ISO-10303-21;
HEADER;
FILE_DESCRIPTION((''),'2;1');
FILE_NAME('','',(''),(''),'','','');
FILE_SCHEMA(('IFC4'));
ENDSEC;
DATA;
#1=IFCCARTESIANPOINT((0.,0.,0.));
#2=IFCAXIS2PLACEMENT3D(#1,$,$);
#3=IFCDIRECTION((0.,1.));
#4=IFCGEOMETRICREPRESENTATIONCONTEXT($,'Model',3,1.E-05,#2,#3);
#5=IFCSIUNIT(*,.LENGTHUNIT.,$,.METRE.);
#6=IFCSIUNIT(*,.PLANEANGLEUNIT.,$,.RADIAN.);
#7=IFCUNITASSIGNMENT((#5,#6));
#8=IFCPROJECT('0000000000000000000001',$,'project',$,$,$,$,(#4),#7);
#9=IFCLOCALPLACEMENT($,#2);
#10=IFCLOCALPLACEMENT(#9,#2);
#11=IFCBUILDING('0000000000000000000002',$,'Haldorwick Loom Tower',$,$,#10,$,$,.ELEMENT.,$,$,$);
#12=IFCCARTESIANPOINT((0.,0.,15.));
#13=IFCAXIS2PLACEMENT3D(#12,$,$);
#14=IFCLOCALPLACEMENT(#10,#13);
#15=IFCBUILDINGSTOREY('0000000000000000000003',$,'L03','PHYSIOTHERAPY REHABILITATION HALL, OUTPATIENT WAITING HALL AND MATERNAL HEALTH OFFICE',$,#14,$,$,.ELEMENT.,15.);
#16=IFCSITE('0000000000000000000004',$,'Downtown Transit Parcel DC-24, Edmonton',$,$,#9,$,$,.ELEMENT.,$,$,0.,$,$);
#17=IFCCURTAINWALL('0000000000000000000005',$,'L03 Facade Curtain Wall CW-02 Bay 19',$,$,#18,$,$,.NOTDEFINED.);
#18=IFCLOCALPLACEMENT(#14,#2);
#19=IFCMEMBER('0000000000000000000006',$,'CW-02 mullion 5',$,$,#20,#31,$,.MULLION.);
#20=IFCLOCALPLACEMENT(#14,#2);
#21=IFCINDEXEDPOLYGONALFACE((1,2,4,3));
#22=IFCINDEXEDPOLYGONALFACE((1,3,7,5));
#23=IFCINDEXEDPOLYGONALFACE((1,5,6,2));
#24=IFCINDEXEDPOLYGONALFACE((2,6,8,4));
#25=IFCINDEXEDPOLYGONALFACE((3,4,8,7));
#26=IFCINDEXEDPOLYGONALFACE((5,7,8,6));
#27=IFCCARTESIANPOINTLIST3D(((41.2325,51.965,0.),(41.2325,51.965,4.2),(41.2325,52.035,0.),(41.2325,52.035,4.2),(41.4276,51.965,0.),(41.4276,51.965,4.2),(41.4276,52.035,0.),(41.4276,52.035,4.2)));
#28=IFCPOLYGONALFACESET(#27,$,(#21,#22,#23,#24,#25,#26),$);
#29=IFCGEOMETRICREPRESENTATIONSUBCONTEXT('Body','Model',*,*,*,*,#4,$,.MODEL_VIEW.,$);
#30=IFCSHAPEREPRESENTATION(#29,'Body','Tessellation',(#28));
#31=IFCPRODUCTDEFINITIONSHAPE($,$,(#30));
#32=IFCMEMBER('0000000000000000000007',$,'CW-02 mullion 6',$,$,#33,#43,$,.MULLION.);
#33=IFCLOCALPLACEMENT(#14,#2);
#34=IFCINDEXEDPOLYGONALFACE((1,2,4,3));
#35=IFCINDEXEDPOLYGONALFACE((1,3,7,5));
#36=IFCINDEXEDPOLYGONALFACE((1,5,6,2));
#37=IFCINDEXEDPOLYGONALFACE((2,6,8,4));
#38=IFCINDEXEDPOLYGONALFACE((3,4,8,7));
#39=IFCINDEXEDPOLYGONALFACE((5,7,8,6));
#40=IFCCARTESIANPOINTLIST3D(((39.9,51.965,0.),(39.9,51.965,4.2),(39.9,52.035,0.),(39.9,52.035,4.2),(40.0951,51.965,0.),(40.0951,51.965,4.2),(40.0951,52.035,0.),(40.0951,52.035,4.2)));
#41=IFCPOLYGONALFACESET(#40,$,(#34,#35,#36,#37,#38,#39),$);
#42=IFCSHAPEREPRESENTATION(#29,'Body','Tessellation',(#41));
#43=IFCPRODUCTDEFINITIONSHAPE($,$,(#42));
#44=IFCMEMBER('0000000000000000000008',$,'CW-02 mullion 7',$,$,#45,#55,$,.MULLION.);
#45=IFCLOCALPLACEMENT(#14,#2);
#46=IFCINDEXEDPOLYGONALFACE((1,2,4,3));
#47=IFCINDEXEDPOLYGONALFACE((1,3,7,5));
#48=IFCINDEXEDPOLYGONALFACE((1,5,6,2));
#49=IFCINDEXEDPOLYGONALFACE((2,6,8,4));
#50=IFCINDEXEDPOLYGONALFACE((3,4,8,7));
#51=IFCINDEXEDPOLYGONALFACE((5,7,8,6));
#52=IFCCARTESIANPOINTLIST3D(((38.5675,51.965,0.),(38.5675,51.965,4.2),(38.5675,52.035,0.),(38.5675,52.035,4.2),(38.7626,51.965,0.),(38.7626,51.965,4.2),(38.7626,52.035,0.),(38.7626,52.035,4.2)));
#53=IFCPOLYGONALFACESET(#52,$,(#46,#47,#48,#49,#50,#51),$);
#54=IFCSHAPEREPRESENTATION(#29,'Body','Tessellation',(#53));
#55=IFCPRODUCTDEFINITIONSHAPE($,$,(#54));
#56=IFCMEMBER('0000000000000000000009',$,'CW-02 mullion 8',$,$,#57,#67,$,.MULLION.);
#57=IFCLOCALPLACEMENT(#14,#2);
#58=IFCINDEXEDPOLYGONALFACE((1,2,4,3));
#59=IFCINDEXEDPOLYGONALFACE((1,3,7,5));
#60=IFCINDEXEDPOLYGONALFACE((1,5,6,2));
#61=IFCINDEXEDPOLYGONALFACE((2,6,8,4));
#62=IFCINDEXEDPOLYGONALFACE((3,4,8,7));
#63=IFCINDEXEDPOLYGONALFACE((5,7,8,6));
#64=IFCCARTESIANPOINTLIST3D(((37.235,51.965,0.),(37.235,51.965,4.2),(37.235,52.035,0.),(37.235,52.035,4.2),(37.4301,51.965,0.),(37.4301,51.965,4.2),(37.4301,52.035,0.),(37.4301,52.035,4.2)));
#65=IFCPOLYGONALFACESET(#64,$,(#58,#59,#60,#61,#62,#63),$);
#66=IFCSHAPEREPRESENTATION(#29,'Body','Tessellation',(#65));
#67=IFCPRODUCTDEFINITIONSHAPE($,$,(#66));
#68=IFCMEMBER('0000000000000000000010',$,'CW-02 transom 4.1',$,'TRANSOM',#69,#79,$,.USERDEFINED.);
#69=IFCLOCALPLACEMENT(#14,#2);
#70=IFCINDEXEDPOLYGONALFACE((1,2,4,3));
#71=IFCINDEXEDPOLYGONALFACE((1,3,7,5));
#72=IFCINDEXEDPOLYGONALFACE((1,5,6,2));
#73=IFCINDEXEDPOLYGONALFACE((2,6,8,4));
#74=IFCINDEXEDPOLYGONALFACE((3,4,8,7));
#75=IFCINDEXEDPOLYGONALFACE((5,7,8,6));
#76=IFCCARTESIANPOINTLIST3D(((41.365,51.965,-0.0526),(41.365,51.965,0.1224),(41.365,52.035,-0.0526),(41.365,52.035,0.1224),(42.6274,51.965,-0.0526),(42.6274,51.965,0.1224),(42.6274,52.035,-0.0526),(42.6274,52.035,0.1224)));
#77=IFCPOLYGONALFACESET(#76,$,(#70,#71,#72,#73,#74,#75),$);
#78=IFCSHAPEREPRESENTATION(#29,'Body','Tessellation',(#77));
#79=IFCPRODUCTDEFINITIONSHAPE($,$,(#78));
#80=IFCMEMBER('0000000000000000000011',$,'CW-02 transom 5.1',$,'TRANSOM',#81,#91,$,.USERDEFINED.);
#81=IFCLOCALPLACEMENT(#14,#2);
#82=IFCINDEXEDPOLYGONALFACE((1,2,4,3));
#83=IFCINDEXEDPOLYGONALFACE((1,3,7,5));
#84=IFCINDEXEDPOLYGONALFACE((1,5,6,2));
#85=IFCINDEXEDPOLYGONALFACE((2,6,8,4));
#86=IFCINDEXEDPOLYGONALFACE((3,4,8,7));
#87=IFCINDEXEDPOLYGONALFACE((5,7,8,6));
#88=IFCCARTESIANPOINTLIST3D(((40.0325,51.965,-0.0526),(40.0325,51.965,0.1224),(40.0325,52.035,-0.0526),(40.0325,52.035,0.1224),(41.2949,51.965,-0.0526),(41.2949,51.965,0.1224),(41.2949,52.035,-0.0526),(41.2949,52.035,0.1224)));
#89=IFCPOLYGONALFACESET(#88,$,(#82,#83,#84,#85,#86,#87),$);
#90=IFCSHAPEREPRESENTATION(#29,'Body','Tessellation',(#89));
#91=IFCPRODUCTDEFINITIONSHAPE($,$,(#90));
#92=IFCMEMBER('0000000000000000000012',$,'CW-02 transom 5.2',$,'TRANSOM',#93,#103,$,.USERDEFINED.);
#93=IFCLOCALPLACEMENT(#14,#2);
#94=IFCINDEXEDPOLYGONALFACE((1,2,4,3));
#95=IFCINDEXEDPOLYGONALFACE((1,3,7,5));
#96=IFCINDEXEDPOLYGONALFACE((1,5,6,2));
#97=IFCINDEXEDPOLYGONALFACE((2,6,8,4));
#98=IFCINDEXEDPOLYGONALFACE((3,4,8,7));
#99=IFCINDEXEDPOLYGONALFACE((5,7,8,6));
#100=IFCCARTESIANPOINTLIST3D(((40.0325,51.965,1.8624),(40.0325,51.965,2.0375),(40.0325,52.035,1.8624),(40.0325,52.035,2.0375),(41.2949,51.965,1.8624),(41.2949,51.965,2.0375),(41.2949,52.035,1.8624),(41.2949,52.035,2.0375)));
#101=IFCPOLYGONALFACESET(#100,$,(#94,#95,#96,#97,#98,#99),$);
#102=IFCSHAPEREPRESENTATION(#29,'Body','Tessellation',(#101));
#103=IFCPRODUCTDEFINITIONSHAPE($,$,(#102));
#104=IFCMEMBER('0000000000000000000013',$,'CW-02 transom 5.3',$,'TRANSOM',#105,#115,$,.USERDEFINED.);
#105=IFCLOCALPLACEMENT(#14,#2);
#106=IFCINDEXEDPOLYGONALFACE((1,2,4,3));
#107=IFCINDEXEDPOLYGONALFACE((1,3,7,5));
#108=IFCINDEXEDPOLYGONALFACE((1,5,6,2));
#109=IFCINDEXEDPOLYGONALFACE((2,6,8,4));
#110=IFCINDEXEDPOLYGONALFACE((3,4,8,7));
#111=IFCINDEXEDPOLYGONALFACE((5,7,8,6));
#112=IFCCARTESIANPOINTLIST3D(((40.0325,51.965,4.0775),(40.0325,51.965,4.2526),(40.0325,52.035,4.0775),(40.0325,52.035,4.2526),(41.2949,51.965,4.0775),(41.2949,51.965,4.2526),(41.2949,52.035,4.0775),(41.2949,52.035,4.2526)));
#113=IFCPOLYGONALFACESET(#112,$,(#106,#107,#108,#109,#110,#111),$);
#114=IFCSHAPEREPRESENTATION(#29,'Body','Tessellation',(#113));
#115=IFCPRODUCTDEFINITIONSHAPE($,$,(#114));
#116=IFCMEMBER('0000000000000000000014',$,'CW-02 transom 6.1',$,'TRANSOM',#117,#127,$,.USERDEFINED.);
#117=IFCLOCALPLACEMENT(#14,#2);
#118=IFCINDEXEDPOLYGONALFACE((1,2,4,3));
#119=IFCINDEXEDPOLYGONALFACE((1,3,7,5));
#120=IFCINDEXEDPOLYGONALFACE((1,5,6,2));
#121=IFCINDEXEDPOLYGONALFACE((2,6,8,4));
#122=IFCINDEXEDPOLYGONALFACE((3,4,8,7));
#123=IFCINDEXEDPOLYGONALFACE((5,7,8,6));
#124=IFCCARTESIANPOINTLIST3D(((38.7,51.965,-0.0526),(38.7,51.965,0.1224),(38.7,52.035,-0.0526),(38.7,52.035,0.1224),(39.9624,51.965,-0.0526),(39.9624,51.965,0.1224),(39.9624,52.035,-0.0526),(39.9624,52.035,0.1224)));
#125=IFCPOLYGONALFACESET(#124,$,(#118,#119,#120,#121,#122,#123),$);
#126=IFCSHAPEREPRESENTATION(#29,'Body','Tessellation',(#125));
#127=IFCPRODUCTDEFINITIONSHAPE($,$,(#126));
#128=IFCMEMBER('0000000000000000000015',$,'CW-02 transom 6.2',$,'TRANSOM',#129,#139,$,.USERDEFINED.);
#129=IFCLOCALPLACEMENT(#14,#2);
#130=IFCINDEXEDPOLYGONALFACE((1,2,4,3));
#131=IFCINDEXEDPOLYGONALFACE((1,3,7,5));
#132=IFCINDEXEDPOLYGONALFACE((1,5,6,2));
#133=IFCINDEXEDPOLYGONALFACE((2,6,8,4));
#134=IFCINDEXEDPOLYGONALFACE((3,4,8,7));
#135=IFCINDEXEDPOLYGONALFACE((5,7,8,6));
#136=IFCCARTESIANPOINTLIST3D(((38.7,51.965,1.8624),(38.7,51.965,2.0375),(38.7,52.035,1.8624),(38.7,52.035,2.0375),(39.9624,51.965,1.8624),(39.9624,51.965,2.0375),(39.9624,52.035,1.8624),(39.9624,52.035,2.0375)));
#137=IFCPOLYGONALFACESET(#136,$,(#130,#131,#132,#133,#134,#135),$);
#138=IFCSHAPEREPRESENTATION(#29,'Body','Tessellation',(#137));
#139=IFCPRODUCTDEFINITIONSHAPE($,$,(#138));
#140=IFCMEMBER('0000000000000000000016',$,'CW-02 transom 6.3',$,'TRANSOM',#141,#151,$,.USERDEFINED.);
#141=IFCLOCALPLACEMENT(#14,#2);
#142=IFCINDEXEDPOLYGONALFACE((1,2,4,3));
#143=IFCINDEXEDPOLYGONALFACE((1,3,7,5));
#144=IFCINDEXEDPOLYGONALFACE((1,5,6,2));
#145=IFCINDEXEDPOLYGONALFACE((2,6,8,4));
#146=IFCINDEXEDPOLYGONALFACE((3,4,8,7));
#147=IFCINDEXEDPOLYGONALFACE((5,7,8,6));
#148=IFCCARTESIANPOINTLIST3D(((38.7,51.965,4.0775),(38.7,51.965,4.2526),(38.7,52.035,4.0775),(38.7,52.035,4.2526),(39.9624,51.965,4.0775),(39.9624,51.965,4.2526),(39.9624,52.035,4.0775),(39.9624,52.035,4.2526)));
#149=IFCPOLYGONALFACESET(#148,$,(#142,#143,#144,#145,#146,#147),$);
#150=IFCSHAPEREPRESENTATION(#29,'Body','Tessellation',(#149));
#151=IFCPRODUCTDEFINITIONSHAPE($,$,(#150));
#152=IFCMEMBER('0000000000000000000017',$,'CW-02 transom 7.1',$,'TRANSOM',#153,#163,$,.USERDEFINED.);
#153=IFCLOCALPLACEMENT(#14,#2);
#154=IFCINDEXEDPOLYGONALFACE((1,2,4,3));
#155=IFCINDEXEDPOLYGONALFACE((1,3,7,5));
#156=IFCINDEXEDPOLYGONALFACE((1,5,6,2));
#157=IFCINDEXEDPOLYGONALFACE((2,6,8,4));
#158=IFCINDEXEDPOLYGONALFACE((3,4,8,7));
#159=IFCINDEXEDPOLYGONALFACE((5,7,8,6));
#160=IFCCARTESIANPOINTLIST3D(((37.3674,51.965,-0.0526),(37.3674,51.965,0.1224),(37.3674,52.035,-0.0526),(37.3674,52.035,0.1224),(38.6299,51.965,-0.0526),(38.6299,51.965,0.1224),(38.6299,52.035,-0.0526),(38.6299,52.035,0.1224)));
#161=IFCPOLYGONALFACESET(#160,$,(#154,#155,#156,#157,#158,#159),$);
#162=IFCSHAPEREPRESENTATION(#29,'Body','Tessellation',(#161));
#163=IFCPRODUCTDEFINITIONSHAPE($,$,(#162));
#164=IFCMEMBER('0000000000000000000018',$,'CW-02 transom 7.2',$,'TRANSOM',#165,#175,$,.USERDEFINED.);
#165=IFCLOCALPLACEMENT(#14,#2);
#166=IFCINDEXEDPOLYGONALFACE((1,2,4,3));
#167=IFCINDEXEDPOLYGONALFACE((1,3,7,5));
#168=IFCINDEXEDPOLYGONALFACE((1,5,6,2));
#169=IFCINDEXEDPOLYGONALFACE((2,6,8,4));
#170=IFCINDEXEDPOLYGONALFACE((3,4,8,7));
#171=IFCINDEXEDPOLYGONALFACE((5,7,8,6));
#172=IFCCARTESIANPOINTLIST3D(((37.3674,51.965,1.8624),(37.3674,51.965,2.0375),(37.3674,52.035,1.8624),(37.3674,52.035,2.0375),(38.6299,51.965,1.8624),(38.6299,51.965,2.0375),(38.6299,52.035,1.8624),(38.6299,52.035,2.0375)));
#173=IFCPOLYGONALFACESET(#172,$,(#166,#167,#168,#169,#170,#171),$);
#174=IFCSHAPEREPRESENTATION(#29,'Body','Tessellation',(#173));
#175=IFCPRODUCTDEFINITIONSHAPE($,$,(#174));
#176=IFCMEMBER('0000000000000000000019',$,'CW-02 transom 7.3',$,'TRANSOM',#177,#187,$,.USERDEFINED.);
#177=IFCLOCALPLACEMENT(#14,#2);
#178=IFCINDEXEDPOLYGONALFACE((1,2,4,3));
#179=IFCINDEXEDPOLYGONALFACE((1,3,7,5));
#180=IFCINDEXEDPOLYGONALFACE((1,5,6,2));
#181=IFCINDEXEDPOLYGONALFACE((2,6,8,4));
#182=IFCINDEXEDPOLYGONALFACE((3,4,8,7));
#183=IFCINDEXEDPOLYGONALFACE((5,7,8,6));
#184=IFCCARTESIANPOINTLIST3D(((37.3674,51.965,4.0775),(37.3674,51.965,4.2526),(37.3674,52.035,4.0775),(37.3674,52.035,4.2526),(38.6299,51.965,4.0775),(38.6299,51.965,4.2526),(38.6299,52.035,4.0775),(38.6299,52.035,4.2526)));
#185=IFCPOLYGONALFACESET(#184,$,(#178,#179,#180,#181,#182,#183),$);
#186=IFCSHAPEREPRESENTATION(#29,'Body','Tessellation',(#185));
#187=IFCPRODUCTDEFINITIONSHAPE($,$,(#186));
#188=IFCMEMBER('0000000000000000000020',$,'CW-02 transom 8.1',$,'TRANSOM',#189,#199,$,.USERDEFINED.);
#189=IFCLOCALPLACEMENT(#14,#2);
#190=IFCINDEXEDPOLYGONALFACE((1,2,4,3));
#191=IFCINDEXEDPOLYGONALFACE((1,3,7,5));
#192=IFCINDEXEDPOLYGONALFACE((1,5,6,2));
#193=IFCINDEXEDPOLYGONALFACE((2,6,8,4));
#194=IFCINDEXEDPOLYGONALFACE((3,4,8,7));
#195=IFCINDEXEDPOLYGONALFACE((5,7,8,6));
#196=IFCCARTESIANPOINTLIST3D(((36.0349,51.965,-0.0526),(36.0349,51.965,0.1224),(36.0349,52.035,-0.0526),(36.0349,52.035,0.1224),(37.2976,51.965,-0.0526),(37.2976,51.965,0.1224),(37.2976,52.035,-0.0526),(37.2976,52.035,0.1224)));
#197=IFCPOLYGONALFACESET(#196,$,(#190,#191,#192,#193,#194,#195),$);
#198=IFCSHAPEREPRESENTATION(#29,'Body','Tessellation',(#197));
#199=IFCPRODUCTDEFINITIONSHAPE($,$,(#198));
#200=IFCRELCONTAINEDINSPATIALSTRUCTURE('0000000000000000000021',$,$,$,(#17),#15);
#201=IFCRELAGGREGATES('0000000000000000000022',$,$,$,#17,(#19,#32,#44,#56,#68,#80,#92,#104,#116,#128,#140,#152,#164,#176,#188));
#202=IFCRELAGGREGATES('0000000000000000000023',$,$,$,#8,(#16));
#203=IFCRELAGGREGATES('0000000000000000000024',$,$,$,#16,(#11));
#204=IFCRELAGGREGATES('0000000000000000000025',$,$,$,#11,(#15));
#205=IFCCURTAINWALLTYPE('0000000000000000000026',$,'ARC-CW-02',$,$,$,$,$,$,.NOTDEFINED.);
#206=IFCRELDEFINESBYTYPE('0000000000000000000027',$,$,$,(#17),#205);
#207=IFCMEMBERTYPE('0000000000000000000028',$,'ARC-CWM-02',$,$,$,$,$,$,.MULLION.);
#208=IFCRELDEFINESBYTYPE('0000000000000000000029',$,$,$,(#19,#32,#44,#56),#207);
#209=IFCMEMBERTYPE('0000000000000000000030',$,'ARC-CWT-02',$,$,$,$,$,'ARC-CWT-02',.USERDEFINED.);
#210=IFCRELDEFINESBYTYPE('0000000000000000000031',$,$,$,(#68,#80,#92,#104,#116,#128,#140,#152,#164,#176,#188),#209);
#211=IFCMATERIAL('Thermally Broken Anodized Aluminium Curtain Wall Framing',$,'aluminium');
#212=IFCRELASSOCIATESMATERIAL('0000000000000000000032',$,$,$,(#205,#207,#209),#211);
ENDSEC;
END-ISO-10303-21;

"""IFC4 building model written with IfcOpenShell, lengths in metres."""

from ifc_helpers import new_model, si_unit, direction, frame, origin, origin_2d, place, context, subcontext, project, spatial, rectangle, extrude, material, material_profile, profile_set, type_object, element, aggregate, save


model = new_model("IFC4")

# Units and contexts
model_context = context("Model", 3, precision=1e-05, world=origin(), true_north=direction((0.0, 1.0)))
body_context = subcontext(model_context, "Body", "Model", "MODEL_VIEW")
ifc_project = project(units=[si_unit("LENGTHUNIT", "METRE"), si_unit("PLANEANGLEUNIT", "RADIAN")], contexts=[model_context])

# Site, building, storey
site_placement = place(None, origin())
site = spatial("IfcSite", under=ifc_project, at=site_placement, Name="Downtown Transit Parcel DC-24, Edmonton", CompositionType="ELEMENT", RefElevation=0.0)
building_placement = place(site_placement, origin())
building = spatial("IfcBuilding", under=site, at=building_placement, Name="Haldorwick Loom Tower", CompositionType="ELEMENT")
storey_placement = place(building_placement, frame((0.0, 0.0, 15.0)))
storey = spatial("IfcBuildingStorey", under=building, at=storey_placement, Name="L03", Description="PHYSIOTHERAPY REHABILITATION HALL, OUTPATIENT WAITING HALL AND MATERNAL HEALTH OFFICE", CompositionType="ELEMENT", Elevation=15.0)

# Curtain wall, members
ifc_material_1 = material(Name="Thermally Broken Anodized Aluminium Curtain Wall Framing", Category="aluminium")
curtain_wall_type = type_object("IfcCurtainWallType", Name="ARC-CW-02", PredefinedType="NOTDEFINED", material=ifc_material_1)
curtain_wall_placement = place(storey_placement, origin())
curtain_wall = element("IfcCurtainWall", 1, at=curtain_wall_placement, inside=storey, type_object=curtain_wall_type, Name="L03 Facade Curtain Wall CW-02 Bay 19", PredefinedType="NOTDEFINED")
ifc_material_profile_1 = material_profile(ifc_material_1, rectangle(XDim=0.0701, YDim=0.1951, at=origin_2d()), Name="ALU_MUL_70X195", Category="aluminium")
ifc_profile_set_1 = profile_set([ifc_material_profile_1], Name="Thermally Broken Anodized Aluminium Curtain Wall Framing")
member_type_1 = type_object("IfcMemberType", Name="ARC-CWM-02", PredefinedType="MULLION", material=ifc_profile_set_1)
member_1_placement = place(storey_placement, frame((41.3301, 52.0, 0.0), z_axis=(0.0, 0.0, 1.0), x_axis=(0.0, -1.0, 0.0)))
member_1 = element("IfcMember", 2, at=member_1_placement, type_object=member_type_1, Name="CW-02 mullion 5", PredefinedType="MULLION", context=body_context, shape_type="SweptSolid", body=[
    extrude(rectangle(XDim=0.0701, YDim=0.1951, at=origin_2d()), origin(), (0.0, 0.0, 1.0), 4.2),
])
member_2_placement = place(storey_placement, frame((39.9976, 52.0, 0.0), z_axis=(0.0, 0.0, 1.0), x_axis=(0.0, -1.0, 0.0)))
member_2 = element("IfcMember", 3, at=member_2_placement, type_object=member_type_1, Name="CW-02 mullion 6", PredefinedType="MULLION", context=body_context, shape_type="SweptSolid", body=[
    extrude(rectangle(XDim=0.0701, YDim=0.1951, at=origin_2d()), origin(), (0.0, 0.0, 1.0), 4.2),
])
member_3_placement = place(storey_placement, frame((38.665, 52.0, 0.0), z_axis=(0.0, 0.0, 1.0), x_axis=(0.0, -1.0, 0.0)))
member_3 = element("IfcMember", 4, at=member_3_placement, type_object=member_type_1, Name="CW-02 mullion 7", PredefinedType="MULLION", context=body_context, shape_type="SweptSolid", body=[
    extrude(rectangle(XDim=0.0701, YDim=0.1951, at=origin_2d()), origin(), (0.0, 0.0, 1.0), 4.2),
])
member_4_placement = place(storey_placement, frame((37.3325, 52.0, 0.0), z_axis=(0.0, 0.0, 1.0), x_axis=(0.0, -1.0, 0.0)))
member_4 = element("IfcMember", 5, at=member_4_placement, type_object=member_type_1, Name="CW-02 mullion 8", PredefinedType="MULLION", context=body_context, shape_type="SweptSolid", body=[
    extrude(rectangle(XDim=0.0701, YDim=0.1951, at=origin_2d()), origin(), (0.0, 0.0, 1.0), 4.2),
])
ifc_material_profile_2 = material_profile(ifc_material_1, rectangle(XDim=0.0701, YDim=0.175, at=origin_2d()), Name="ALU_TRN_70X175", Category="aluminium")
ifc_profile_set_2 = profile_set([ifc_material_profile_2], Name="Thermally Broken Anodized Aluminium Curtain Wall Framing")
member_type_2 = type_object("IfcMemberType", Name="ARC-CWT-02", ElementType="ARC-CWT-02", PredefinedType="USERDEFINED", material=ifc_profile_set_2)
member_5_placement = place(storey_placement, frame((42.6274, 52.0, 0.0349), z_axis=(-1.0, 0.0, 0.0), x_axis=(0.0, -1.0, 0.0)))
member_5 = element("IfcMember", 6, at=member_5_placement, type_object=member_type_2, Name="CW-02 transom 4.1", ObjectType="TRANSOM", PredefinedType="USERDEFINED", context=body_context, shape_type="SweptSolid", body=[
    extrude(rectangle(XDim=0.0701, YDim=0.175, at=origin_2d()), origin(), (0.0, 0.0, 1.0), 1.2625),
])
member_6_placement = place(storey_placement, frame((41.2949, 52.0, 0.0349), z_axis=(-1.0, 0.0, 0.0), x_axis=(0.0, -1.0, 0.0)))
member_6 = element("IfcMember", 7, at=member_6_placement, type_object=member_type_2, Name="CW-02 transom 5.1", ObjectType="TRANSOM", PredefinedType="USERDEFINED", context=body_context, shape_type="SweptSolid", body=[
    extrude(rectangle(XDim=0.0701, YDim=0.175, at=origin_2d()), origin(), (0.0, 0.0, 1.0), 1.2625),
])
member_7_placement = place(storey_placement, frame((41.2949, 52.0, 1.95), z_axis=(-1.0, 0.0, 0.0), x_axis=(0.0, -1.0, 0.0)))
member_7 = element("IfcMember", 8, at=member_7_placement, type_object=member_type_2, Name="CW-02 transom 5.2", ObjectType="TRANSOM", PredefinedType="USERDEFINED", context=body_context, shape_type="SweptSolid", body=[
    extrude(rectangle(XDim=0.0701, YDim=0.175, at=origin_2d()), origin(), (0.0, 0.0, 1.0), 1.2625),
])
member_8_placement = place(storey_placement, frame((41.2949, 52.0, 4.165), z_axis=(-1.0, 0.0, 0.0), x_axis=(0.0, -1.0, 0.0)))
member_8 = element("IfcMember", 9, at=member_8_placement, type_object=member_type_2, Name="CW-02 transom 5.3", ObjectType="TRANSOM", PredefinedType="USERDEFINED", context=body_context, shape_type="SweptSolid", body=[
    extrude(rectangle(XDim=0.0701, YDim=0.175, at=origin_2d()), origin(), (0.0, 0.0, 1.0), 1.2625),
])
member_9_placement = place(storey_placement, frame((39.9624, 52.0, 0.0349), z_axis=(-1.0, 0.0, 0.0), x_axis=(0.0, -1.0, 0.0)))
member_9 = element("IfcMember", 10, at=member_9_placement, type_object=member_type_2, Name="CW-02 transom 6.1", ObjectType="TRANSOM", PredefinedType="USERDEFINED", context=body_context, shape_type="SweptSolid", body=[
    extrude(rectangle(XDim=0.0701, YDim=0.175, at=origin_2d()), origin(), (0.0, 0.0, 1.0), 1.2625),
])
member_10_placement = place(storey_placement, frame((39.9624, 52.0, 1.95), z_axis=(-1.0, 0.0, 0.0), x_axis=(0.0, -1.0, 0.0)))
member_10 = element("IfcMember", 11, at=member_10_placement, type_object=member_type_2, Name="CW-02 transom 6.2", ObjectType="TRANSOM", PredefinedType="USERDEFINED", context=body_context, shape_type="SweptSolid", body=[
    extrude(rectangle(XDim=0.0701, YDim=0.175, at=origin_2d()), origin(), (0.0, 0.0, 1.0), 1.2625),
])
member_11_placement = place(storey_placement, frame((39.9624, 52.0, 4.165), z_axis=(-1.0, 0.0, 0.0), x_axis=(0.0, -1.0, 0.0)))
member_11 = element("IfcMember", 12, at=member_11_placement, type_object=member_type_2, Name="CW-02 transom 6.3", ObjectType="TRANSOM", PredefinedType="USERDEFINED", context=body_context, shape_type="SweptSolid", body=[
    extrude(rectangle(XDim=0.0701, YDim=0.175, at=origin_2d()), origin(), (0.0, 0.0, 1.0), 1.2625),
])
member_12_placement = place(storey_placement, frame((38.6299, 52.0, 0.0349), z_axis=(-1.0, 0.0, 0.0), x_axis=(0.0, -1.0, 0.0)))
member_12 = element("IfcMember", 13, at=member_12_placement, type_object=member_type_2, Name="CW-02 transom 7.1", ObjectType="TRANSOM", PredefinedType="USERDEFINED", context=body_context, shape_type="SweptSolid", body=[
    extrude(rectangle(XDim=0.0701, YDim=0.175, at=origin_2d()), origin(), (0.0, 0.0, 1.0), 1.2625),
])
member_13_placement = place(storey_placement, frame((38.6299, 52.0, 1.95), z_axis=(-1.0, 0.0, 0.0), x_axis=(0.0, -1.0, 0.0)))
member_13 = element("IfcMember", 14, at=member_13_placement, type_object=member_type_2, Name="CW-02 transom 7.2", ObjectType="TRANSOM", PredefinedType="USERDEFINED", context=body_context, shape_type="SweptSolid", body=[
    extrude(rectangle(XDim=0.0701, YDim=0.175, at=origin_2d()), origin(), (0.0, 0.0, 1.0), 1.2625),
])
member_14_placement = place(storey_placement, frame((38.6299, 52.0, 4.165), z_axis=(-1.0, 0.0, 0.0), x_axis=(0.0, -1.0, 0.0)))
member_14 = element("IfcMember", 15, at=member_14_placement, type_object=member_type_2, Name="CW-02 transom 7.3", ObjectType="TRANSOM", PredefinedType="USERDEFINED", context=body_context, shape_type="SweptSolid", body=[
    extrude(rectangle(XDim=0.0701, YDim=0.175, at=origin_2d()), origin(), (0.0, 0.0, 1.0), 1.2625),
])
member_15_placement = place(storey_placement, frame((37.2976, 52.0, 0.0349), z_axis=(-1.0, 0.0, 0.0), x_axis=(0.0, -1.0, 0.0)))
member_15 = element("IfcMember", 16, at=member_15_placement, type_object=member_type_2, Name="CW-02 transom 8.1", ObjectType="TRANSOM", PredefinedType="USERDEFINED", context=body_context, shape_type="SweptSolid", body=[
    extrude(rectangle(XDim=0.0701, YDim=0.175, at=origin_2d()), origin(), (0.0, 0.0, 1.0), 1.2627),
])
aggregate(curtain_wall, [member_1, member_2, member_3, member_4, member_5, member_6, member_7, member_8, member_9, member_10, member_11, member_12, member_13, member_14, member_15])

save(model, "model.ifc")
